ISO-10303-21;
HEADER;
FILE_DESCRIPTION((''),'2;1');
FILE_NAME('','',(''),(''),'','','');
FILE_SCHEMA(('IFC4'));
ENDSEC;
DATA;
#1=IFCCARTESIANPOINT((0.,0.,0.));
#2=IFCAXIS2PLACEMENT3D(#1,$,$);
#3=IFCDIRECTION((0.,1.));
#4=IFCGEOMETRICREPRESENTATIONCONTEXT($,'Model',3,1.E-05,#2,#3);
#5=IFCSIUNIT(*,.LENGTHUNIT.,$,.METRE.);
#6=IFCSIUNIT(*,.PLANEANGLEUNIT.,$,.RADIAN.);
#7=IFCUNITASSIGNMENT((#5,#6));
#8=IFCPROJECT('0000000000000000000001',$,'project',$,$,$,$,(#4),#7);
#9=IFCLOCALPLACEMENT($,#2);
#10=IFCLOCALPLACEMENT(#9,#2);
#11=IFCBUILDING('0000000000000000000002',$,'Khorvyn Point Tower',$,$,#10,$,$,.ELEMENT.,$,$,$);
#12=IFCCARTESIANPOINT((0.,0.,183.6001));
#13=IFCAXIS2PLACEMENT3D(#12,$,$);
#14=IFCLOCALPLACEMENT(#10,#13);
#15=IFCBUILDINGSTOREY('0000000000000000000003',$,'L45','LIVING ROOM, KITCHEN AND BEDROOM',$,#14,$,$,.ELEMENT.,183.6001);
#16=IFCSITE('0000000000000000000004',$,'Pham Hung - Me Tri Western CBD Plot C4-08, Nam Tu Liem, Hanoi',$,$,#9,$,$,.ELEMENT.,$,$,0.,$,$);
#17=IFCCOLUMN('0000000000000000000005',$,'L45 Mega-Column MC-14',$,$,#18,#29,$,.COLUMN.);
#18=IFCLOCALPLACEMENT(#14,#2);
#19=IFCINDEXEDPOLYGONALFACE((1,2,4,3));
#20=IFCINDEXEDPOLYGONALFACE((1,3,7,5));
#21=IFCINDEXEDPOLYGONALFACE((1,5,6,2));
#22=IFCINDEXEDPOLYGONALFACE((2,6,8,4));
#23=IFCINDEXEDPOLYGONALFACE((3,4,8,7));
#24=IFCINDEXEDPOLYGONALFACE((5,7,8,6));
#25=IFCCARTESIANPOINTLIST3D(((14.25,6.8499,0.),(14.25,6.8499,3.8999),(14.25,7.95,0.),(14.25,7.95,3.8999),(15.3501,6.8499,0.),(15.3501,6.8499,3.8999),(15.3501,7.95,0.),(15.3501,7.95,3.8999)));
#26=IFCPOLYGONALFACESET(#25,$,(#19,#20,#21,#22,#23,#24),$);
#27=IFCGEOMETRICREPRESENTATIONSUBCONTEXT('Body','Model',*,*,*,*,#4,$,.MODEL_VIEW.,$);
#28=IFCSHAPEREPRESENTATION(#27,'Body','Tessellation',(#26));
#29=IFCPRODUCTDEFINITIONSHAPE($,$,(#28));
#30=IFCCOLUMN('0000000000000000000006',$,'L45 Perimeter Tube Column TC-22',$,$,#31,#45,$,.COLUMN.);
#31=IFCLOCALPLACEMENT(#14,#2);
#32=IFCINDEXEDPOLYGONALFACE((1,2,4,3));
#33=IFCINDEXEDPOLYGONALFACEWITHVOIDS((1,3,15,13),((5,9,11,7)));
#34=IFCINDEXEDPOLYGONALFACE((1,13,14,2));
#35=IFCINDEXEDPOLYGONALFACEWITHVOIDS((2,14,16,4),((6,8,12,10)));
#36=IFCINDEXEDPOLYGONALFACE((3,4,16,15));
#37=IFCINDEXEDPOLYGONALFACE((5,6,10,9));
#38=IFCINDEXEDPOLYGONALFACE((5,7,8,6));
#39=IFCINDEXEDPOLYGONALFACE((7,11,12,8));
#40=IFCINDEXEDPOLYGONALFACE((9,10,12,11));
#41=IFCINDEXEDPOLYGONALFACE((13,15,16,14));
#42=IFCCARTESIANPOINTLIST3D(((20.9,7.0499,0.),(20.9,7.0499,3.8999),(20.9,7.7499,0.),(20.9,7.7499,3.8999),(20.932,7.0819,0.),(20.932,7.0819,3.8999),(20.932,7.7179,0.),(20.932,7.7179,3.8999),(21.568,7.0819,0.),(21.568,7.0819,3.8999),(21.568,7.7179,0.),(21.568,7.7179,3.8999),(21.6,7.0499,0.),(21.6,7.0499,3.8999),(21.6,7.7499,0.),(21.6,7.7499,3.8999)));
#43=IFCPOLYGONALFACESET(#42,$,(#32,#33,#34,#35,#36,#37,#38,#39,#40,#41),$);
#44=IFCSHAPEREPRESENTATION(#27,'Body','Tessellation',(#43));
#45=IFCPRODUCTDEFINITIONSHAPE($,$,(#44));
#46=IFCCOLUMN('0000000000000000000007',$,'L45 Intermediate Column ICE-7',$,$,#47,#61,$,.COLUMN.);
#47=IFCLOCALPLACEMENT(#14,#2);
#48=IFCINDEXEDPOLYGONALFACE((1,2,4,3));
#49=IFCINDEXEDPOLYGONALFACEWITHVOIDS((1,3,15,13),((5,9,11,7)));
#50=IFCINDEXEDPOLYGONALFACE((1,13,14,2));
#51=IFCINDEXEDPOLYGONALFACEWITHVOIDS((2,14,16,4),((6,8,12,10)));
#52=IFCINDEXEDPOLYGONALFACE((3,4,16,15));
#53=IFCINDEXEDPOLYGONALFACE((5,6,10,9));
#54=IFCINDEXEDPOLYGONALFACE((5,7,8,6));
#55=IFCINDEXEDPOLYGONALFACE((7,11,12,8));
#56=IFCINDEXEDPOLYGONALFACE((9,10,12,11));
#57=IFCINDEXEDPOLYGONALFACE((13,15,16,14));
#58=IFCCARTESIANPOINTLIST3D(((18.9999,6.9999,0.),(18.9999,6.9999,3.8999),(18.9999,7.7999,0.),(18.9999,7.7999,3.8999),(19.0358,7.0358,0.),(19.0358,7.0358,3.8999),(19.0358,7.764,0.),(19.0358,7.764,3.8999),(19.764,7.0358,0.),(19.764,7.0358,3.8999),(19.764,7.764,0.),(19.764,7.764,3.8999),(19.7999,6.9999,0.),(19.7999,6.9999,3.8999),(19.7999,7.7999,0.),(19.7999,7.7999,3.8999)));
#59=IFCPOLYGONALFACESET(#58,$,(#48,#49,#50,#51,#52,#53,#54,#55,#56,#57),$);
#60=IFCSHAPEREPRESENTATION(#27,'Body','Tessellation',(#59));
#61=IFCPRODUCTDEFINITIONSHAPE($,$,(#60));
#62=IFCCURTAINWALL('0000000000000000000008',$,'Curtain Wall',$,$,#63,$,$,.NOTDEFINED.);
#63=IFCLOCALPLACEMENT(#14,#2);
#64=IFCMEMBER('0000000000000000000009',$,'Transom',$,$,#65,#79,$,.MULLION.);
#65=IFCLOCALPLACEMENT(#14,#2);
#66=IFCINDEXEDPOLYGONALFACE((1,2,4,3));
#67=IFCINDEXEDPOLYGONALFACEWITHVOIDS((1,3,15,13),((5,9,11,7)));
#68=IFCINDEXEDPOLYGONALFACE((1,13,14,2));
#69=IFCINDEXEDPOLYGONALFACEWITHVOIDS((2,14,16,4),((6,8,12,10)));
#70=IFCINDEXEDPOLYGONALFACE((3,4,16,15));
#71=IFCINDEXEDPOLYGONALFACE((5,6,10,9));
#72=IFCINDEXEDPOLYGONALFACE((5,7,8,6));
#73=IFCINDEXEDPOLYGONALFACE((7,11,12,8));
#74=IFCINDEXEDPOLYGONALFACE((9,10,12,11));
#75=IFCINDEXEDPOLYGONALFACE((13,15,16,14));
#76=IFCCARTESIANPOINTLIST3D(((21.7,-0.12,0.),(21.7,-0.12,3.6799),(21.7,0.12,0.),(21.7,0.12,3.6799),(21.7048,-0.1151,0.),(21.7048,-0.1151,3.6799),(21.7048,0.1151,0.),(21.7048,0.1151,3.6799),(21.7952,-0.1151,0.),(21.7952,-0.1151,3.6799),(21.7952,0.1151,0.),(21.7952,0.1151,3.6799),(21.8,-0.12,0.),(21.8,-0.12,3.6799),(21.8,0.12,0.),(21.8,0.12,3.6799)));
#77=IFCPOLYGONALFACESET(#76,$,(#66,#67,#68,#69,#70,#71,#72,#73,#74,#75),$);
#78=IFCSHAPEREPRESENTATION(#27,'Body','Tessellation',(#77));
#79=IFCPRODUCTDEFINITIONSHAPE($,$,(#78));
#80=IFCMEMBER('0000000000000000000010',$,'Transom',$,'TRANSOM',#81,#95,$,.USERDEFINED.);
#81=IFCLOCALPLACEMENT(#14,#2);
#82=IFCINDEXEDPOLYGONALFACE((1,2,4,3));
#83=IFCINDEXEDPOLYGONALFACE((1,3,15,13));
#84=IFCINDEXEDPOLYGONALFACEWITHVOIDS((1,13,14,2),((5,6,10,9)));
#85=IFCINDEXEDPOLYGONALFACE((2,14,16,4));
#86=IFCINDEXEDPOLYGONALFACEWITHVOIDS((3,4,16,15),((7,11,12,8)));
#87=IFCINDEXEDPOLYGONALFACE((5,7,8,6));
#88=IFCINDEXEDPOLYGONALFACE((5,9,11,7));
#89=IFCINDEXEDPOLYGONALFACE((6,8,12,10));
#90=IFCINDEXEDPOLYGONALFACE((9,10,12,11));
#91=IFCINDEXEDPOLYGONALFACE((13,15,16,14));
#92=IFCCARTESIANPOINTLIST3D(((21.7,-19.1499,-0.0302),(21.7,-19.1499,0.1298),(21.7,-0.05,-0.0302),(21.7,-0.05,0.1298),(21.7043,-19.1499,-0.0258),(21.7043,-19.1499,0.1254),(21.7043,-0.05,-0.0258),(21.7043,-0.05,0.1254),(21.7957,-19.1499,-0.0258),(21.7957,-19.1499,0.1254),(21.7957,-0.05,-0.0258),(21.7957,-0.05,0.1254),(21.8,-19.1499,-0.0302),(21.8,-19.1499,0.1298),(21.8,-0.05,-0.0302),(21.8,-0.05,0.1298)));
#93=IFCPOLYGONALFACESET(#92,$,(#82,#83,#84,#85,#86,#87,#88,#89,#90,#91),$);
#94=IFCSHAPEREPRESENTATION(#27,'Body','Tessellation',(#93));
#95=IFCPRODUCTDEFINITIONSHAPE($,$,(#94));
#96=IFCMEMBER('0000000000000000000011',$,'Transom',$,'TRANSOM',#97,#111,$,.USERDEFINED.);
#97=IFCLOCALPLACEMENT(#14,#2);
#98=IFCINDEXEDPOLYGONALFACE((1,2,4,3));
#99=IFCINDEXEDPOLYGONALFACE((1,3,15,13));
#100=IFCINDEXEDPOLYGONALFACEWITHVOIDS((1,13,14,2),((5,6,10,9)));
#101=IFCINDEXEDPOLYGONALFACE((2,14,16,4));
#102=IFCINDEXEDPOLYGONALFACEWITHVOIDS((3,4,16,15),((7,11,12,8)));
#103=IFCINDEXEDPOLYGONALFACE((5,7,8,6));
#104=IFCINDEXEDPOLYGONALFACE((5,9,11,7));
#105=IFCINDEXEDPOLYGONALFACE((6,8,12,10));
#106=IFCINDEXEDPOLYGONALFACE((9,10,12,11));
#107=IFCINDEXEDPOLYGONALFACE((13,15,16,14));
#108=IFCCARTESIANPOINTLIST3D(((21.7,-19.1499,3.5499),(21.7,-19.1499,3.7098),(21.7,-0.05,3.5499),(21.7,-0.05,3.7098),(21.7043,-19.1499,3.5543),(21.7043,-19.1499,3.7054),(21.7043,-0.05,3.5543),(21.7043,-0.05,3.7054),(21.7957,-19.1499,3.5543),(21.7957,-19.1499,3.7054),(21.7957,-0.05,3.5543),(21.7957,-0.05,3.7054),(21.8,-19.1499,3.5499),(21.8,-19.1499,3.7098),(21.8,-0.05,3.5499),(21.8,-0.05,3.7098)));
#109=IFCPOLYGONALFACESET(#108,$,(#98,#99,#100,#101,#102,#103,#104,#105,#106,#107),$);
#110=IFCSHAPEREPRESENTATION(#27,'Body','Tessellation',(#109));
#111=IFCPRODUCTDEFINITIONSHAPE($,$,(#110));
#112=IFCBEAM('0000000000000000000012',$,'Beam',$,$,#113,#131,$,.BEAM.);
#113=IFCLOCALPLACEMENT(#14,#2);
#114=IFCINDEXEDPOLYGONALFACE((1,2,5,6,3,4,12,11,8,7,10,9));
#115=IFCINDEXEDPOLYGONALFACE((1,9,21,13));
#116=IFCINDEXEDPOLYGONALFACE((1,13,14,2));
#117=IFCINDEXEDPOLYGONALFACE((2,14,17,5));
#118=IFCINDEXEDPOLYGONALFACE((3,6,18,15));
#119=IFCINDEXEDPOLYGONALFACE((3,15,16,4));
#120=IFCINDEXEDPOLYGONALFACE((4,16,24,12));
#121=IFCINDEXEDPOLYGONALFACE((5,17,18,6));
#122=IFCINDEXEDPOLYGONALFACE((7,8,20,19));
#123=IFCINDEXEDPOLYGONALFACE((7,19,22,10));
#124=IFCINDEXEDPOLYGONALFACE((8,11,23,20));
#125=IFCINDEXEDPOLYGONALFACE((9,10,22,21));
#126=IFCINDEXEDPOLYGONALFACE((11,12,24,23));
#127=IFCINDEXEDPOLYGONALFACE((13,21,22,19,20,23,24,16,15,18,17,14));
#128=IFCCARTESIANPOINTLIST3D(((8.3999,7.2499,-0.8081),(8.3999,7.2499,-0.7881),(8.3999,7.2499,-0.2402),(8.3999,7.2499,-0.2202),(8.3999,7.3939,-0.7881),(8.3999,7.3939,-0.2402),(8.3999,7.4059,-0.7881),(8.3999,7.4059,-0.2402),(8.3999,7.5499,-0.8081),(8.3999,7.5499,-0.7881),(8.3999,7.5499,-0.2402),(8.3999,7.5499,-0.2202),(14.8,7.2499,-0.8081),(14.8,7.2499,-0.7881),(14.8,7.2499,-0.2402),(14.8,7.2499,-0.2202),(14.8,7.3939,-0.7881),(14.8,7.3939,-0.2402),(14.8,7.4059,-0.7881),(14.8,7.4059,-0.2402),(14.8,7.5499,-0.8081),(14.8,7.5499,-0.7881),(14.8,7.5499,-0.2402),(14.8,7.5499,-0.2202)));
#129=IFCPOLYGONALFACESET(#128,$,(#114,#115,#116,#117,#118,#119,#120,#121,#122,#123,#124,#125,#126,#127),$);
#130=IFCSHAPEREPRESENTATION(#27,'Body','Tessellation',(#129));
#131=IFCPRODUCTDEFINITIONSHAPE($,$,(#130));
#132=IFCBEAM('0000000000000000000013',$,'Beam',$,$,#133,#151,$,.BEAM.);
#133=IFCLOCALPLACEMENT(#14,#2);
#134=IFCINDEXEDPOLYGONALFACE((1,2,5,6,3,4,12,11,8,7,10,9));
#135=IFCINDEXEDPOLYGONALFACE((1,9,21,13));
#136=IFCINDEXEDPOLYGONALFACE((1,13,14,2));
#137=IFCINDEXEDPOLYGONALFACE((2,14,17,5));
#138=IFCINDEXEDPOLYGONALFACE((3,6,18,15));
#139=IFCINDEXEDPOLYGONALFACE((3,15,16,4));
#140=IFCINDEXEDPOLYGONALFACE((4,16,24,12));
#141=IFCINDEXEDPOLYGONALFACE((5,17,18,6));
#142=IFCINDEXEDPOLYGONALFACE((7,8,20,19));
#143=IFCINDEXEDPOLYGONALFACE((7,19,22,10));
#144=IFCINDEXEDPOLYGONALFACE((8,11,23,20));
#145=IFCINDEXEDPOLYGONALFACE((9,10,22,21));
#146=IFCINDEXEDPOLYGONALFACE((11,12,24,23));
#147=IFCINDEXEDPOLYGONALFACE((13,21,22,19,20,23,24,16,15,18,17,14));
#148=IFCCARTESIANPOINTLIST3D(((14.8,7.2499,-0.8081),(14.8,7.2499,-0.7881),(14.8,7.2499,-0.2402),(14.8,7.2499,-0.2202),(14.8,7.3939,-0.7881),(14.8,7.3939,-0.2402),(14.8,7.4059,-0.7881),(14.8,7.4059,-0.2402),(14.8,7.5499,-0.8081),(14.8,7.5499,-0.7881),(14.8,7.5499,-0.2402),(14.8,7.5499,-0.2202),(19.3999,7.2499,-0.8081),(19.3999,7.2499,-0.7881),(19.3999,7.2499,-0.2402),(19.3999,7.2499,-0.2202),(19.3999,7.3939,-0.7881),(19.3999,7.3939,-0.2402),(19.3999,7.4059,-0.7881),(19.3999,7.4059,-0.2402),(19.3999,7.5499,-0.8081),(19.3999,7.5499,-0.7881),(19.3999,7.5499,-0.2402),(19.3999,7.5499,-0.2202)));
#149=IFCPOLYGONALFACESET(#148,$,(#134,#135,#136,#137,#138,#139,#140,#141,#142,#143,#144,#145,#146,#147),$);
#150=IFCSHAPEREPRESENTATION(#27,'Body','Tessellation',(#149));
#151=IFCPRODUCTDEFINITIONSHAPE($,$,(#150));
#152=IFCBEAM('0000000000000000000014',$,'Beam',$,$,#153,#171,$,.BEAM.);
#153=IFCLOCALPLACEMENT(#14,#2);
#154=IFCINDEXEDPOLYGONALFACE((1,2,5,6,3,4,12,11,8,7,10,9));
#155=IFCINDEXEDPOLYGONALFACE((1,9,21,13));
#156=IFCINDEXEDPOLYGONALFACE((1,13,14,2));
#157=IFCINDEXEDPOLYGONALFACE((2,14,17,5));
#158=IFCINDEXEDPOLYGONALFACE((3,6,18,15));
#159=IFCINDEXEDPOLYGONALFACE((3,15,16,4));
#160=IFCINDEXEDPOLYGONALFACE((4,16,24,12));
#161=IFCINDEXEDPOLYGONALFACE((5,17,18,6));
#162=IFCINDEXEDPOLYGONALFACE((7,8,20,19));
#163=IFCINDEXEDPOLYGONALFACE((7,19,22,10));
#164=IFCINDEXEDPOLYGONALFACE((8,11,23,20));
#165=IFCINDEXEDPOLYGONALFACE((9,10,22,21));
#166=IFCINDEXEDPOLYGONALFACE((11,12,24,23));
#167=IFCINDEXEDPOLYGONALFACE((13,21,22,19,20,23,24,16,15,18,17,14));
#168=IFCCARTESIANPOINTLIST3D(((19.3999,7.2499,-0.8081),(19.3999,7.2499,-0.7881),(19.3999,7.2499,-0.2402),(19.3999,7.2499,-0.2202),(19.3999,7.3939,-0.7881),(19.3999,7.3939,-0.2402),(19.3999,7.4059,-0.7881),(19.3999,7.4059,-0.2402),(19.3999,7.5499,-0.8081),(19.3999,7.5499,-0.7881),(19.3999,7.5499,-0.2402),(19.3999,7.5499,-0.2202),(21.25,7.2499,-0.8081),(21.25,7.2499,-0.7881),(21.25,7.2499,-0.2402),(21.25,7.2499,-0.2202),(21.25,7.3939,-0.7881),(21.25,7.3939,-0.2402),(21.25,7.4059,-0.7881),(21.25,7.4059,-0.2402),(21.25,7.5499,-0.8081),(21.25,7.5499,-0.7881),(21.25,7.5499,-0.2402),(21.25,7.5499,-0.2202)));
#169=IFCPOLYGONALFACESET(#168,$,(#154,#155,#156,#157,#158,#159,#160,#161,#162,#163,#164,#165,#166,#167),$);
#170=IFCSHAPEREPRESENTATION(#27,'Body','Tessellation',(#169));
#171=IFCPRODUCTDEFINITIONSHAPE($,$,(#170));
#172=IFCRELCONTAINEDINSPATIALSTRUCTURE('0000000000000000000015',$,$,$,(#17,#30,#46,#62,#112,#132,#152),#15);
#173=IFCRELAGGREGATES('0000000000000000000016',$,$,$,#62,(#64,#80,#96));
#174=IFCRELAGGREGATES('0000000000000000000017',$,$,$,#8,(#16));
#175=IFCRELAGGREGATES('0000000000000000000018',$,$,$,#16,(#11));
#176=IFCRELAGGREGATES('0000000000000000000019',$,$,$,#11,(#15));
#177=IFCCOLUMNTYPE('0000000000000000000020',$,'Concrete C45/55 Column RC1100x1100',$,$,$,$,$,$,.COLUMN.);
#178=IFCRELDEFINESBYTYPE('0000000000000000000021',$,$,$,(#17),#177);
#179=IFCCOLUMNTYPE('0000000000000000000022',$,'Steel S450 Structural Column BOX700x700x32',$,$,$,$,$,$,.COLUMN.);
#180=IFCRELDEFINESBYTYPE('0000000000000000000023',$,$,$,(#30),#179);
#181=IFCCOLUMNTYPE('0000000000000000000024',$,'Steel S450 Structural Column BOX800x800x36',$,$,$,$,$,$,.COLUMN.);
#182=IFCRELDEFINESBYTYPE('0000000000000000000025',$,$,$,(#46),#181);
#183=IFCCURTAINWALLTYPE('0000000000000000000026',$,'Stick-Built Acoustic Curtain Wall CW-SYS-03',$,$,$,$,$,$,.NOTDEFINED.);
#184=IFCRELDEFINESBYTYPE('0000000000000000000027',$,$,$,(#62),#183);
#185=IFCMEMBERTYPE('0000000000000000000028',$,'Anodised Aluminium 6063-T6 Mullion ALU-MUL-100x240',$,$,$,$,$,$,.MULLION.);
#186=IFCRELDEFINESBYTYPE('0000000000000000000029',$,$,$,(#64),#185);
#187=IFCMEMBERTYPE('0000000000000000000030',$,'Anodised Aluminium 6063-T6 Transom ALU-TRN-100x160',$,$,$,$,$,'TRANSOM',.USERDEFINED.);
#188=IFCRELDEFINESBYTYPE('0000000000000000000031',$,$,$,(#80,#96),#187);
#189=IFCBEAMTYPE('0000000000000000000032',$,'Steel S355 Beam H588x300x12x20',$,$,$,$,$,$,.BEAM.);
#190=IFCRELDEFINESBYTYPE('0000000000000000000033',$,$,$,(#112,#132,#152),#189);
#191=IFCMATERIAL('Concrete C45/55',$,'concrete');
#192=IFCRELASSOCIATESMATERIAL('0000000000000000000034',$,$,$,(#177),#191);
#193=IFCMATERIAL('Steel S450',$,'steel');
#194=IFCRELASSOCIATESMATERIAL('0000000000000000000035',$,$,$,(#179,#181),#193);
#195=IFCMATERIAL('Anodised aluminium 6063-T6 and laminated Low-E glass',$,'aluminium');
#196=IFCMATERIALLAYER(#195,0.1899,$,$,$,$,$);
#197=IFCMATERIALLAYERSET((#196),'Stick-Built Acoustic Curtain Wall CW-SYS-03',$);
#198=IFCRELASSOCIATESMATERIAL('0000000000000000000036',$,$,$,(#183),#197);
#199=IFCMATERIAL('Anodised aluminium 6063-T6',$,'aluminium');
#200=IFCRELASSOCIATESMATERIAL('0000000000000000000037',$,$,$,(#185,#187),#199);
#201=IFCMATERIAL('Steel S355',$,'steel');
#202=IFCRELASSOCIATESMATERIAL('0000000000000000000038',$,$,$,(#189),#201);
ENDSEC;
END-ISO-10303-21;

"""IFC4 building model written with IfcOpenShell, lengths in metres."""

from ifc_helpers import new_model, si_unit, direction, frame, origin, origin_2d, place, context, subcontext, project, spatial, rectangle, hollow_rectangle, i_section, extrude, material, layer, layer_set, material_profile, profile_set, type_object, element, aggregate, save


model = new_model("IFC4")

# Units and contexts
model_context = context("Model", 3, precision=1e-05, world=origin(), true_north=direction((0.0, 1.0)))
body_context = subcontext(model_context, "Body", "Model", "MODEL_VIEW")
ifc_project = project(units=[si_unit("LENGTHUNIT", "METRE"), si_unit("PLANEANGLEUNIT", "RADIAN")], contexts=[model_context])

# Site, building, storey
site_placement = place(None, origin())
site = spatial("IfcSite", under=ifc_project, at=site_placement, Name="Pham Hung - Me Tri Western CBD Plot C4-08, Nam Tu Liem, Hanoi", CompositionType="ELEMENT", RefElevation=0.0)
building_placement = place(site_placement, origin())
building = spatial("IfcBuilding", under=site, at=building_placement, Name="Khorvyn Point Tower", CompositionType="ELEMENT")
storey_placement = place(building_placement, frame((0.0, 0.0, 183.6001)))
storey = spatial("IfcBuildingStorey", under=building, at=storey_placement, Name="L45", Description="LIVING ROOM, KITCHEN AND BEDROOM", CompositionType="ELEMENT", Elevation=183.6001)

# Columns
ifc_material_1 = material(Name="Concrete C45/55", Category="concrete")
ifc_material_profile_1 = material_profile(ifc_material_1, rectangle(XDim=1.1001, YDim=1.1001, at=origin_2d()))
ifc_profile_set_1 = profile_set([ifc_material_profile_1], Name="Concrete C45/55 RC1100x1100")
column_type_1 = type_object("IfcColumnType", Name="Concrete C45/55 Column RC1100x1100", PredefinedType="COLUMN", material=ifc_profile_set_1)
column_1_placement = place(storey_placement, frame((14.8, 7.3999, 0.0), z_axis=(0.0, 0.0, 1.0), x_axis=(1.0, 0.0, 0.0)))
element("IfcColumn", 1, at=column_1_placement, inside=storey, type_object=column_type_1, Name="L45 Mega-Column MC-14", PredefinedType="COLUMN", context=body_context, shape_type="SweptSolid", body=[
    extrude(rectangle(XDim=1.1001, YDim=1.1001, at=origin_2d()), origin(), (0.0, 0.0, 1.0), 3.8999),
])
ifc_material_2 = material(Name="Steel S450", Category="steel")
ifc_material_profile_2 = material_profile(ifc_material_2, hollow_rectangle(XDim=0.7, YDim=0.7, WallThickness=0.032, at=origin_2d()))
ifc_profile_set_2 = profile_set([ifc_material_profile_2], Name="Steel S450 BOX700x700x32")
column_type_2 = type_object("IfcColumnType", Name="Steel S450 Structural Column BOX700x700x32", PredefinedType="COLUMN", material=ifc_profile_set_2)
column_2_placement = place(storey_placement, frame((21.25, 7.3999, 0.0), z_axis=(0.0, 0.0, 1.0), x_axis=(1.0, 0.0, 0.0)))
element("IfcColumn", 2, at=column_2_placement, inside=storey, type_object=column_type_2, Name="L45 Perimeter Tube Column TC-22", PredefinedType="COLUMN", context=body_context, shape_type="SweptSolid", body=[
    extrude(hollow_rectangle(XDim=0.7, YDim=0.7, WallThickness=0.032, at=origin_2d()), origin(), (0.0, 0.0, 1.0), 3.8999),
])
ifc_material_profile_3 = material_profile(ifc_material_2, hollow_rectangle(XDim=0.8, YDim=0.8, WallThickness=0.0359, at=origin_2d()))
ifc_profile_set_3 = profile_set([ifc_material_profile_3], Name="Steel S450 BOX800x800x36")
column_type_3 = type_object("IfcColumnType", Name="Steel S450 Structural Column BOX800x800x36", PredefinedType="COLUMN", material=ifc_profile_set_3)
column_3_placement = place(storey_placement, frame((19.3999, 7.3999, 0.0), z_axis=(0.0, 0.0, 1.0), x_axis=(1.0, 0.0, 0.0)))
element("IfcColumn", 3, at=column_3_placement, inside=storey, type_object=column_type_3, Name="L45 Intermediate Column ICE-7", PredefinedType="COLUMN", context=body_context, shape_type="SweptSolid", body=[
    extrude(hollow_rectangle(XDim=0.8, YDim=0.8, WallThickness=0.0359, at=origin_2d()), origin(), (0.0, 0.0, 1.0), 3.8999),
])

# Curtain wall, members
ifc_material_3 = material(Name="Anodised aluminium 6063-T6 and laminated Low-E glass", Category="aluminium")
ifc_layer_1 = layer(ifc_material_3, 0.1899)
ifc_layer_set_1 = layer_set([ifc_layer_1], Name="Stick-Built Acoustic Curtain Wall CW-SYS-03")
curtain_wall_type = type_object("IfcCurtainWallType", Name="Stick-Built Acoustic Curtain Wall CW-SYS-03", PredefinedType="NOTDEFINED", material=ifc_layer_set_1)
curtain_wall_placement = place(storey_placement, origin())
curtain_wall = element("IfcCurtainWall", 4, at=curtain_wall_placement, inside=storey, type_object=curtain_wall_type, Name="Curtain Wall", PredefinedType="NOTDEFINED")
ifc_material_4 = material(Name="Anodised aluminium 6063-T6", Category="aluminium")
ifc_material_profile_4 = material_profile(ifc_material_4, hollow_rectangle(XDim=0.1001, YDim=0.24, WallThickness=0.0049, at=origin_2d()))
ifc_profile_set_4 = profile_set([ifc_material_profile_4], Name="Anodised aluminium 6063-T6 ALU-MUL-100x240")
member_type_1 = type_object("IfcMemberType", Name="Anodised Aluminium 6063-T6 Mullion ALU-MUL-100x240", PredefinedType="MULLION", material=ifc_profile_set_4)
member_1_placement = place(storey_placement, frame((21.75, 0.0, 0.0), z_axis=(0.0, 0.0, 1.0), x_axis=(1.0, 0.0, 0.0)))
member_1 = element("IfcMember", 5, at=member_1_placement, type_object=member_type_1, Name="Transom", PredefinedType="MULLION", context=body_context, shape_type="SweptSolid", body=[
    extrude(hollow_rectangle(XDim=0.1001, YDim=0.24, WallThickness=0.0049, at=origin_2d()), origin(), (0.0, 0.0, 1.0), 3.6799),
])
ifc_material_profile_5 = material_profile(ifc_material_4, hollow_rectangle(XDim=0.1001, YDim=0.1599, WallThickness=0.0044, at=origin_2d()))
ifc_profile_set_5 = profile_set([ifc_material_profile_5], Name="Anodised aluminium 6063-T6 ALU-TRN-100x160")
member_type_2 = type_object("IfcMemberType", Name="Anodised Aluminium 6063-T6 Transom ALU-TRN-100x160", ElementType="TRANSOM", PredefinedType="USERDEFINED", material=ifc_profile_set_5)
member_2_placement = place(storey_placement, frame((21.75, -0.05, 0.0498), z_axis=(0.0, -1.0, 0.0), x_axis=(1.0, 0.0, 0.0)))
member_2 = element("IfcMember", 6, at=member_2_placement, type_object=member_type_2, Name="Transom", ObjectType="TRANSOM", PredefinedType="USERDEFINED", context=body_context, shape_type="SweptSolid", body=[
    extrude(hollow_rectangle(XDim=0.1001, YDim=0.1599, WallThickness=0.0044, at=origin_2d()), origin(), (0.0, 0.0, 1.0), 19.0999),
])
member_3_placement = place(storey_placement, frame((21.75, -0.05, 3.6299), z_axis=(0.0, -1.0, 0.0), x_axis=(1.0, 0.0, 0.0)))
member_3 = element("IfcMember", 7, at=member_3_placement, type_object=member_type_2, Name="Transom", ObjectType="TRANSOM", PredefinedType="USERDEFINED", context=body_context, shape_type="SweptSolid", body=[
    extrude(hollow_rectangle(XDim=0.1001, YDim=0.1599, WallThickness=0.0044, at=origin_2d()), origin(), (0.0, 0.0, 1.0), 19.0999),
])

# Beams
ifc_material_5 = material(Name="Steel S355", Category="steel")
ifc_material_profile_6 = material_profile(ifc_material_5, i_section(OverallWidth=0.3, OverallDepth=0.5879, WebThickness=0.012, FlangeThickness=0.02, at=origin_2d()))
ifc_profile_set_6 = profile_set([ifc_material_profile_6], Name="Steel S355 H588x300x12x20")
beam_type_1 = type_object("IfcBeamType", Name="Steel S355 Beam H588x300x12x20", PredefinedType="BEAM", material=ifc_profile_set_6)
beam_1_placement = place(storey_placement, frame((8.3999, 7.3999, -0.5142), z_axis=(1.0, 0.0, 0.0), x_axis=(0.0, 1.0, 0.0)))
element("IfcBeam", 8, at=beam_1_placement, inside=storey, type_object=beam_type_1, Name="Beam", PredefinedType="BEAM", context=body_context, shape_type="SweptSolid", body=[
    extrude(i_section(OverallWidth=0.3, OverallDepth=0.5879, WebThickness=0.012, FlangeThickness=0.02, at=origin_2d()), origin(), (0.0, 0.0, 1.0), 6.4001),
])
beam_2_placement = place(storey_placement, frame((14.8, 7.3999, -0.5142), z_axis=(1.0, 0.0, 0.0), x_axis=(0.0, 1.0, 0.0)))
element("IfcBeam", 9, at=beam_2_placement, inside=storey, type_object=beam_type_1, Name="Beam", PredefinedType="BEAM", context=body_context, shape_type="SweptSolid", body=[
    extrude(i_section(OverallWidth=0.3, OverallDepth=0.5879, WebThickness=0.012, FlangeThickness=0.02, at=origin_2d()), origin(), (0.0, 0.0, 1.0), 4.5999),
])
beam_3_placement = place(storey_placement, frame((19.3999, 7.3999, -0.5142), z_axis=(1.0, 0.0, 0.0), x_axis=(0.0, 1.0, 0.0)))
element("IfcBeam", 10, at=beam_3_placement, inside=storey, type_object=beam_type_1, Name="Beam", PredefinedType="BEAM", context=body_context, shape_type="SweptSolid", body=[
    extrude(i_section(OverallWidth=0.3, OverallDepth=0.5879, WebThickness=0.012, FlangeThickness=0.02, at=origin_2d()), origin(), (0.0, 0.0, 1.0), 1.8501),
])

aggregate(curtain_wall, [member_1, member_2, member_3])

save(model, "model.ifc")
